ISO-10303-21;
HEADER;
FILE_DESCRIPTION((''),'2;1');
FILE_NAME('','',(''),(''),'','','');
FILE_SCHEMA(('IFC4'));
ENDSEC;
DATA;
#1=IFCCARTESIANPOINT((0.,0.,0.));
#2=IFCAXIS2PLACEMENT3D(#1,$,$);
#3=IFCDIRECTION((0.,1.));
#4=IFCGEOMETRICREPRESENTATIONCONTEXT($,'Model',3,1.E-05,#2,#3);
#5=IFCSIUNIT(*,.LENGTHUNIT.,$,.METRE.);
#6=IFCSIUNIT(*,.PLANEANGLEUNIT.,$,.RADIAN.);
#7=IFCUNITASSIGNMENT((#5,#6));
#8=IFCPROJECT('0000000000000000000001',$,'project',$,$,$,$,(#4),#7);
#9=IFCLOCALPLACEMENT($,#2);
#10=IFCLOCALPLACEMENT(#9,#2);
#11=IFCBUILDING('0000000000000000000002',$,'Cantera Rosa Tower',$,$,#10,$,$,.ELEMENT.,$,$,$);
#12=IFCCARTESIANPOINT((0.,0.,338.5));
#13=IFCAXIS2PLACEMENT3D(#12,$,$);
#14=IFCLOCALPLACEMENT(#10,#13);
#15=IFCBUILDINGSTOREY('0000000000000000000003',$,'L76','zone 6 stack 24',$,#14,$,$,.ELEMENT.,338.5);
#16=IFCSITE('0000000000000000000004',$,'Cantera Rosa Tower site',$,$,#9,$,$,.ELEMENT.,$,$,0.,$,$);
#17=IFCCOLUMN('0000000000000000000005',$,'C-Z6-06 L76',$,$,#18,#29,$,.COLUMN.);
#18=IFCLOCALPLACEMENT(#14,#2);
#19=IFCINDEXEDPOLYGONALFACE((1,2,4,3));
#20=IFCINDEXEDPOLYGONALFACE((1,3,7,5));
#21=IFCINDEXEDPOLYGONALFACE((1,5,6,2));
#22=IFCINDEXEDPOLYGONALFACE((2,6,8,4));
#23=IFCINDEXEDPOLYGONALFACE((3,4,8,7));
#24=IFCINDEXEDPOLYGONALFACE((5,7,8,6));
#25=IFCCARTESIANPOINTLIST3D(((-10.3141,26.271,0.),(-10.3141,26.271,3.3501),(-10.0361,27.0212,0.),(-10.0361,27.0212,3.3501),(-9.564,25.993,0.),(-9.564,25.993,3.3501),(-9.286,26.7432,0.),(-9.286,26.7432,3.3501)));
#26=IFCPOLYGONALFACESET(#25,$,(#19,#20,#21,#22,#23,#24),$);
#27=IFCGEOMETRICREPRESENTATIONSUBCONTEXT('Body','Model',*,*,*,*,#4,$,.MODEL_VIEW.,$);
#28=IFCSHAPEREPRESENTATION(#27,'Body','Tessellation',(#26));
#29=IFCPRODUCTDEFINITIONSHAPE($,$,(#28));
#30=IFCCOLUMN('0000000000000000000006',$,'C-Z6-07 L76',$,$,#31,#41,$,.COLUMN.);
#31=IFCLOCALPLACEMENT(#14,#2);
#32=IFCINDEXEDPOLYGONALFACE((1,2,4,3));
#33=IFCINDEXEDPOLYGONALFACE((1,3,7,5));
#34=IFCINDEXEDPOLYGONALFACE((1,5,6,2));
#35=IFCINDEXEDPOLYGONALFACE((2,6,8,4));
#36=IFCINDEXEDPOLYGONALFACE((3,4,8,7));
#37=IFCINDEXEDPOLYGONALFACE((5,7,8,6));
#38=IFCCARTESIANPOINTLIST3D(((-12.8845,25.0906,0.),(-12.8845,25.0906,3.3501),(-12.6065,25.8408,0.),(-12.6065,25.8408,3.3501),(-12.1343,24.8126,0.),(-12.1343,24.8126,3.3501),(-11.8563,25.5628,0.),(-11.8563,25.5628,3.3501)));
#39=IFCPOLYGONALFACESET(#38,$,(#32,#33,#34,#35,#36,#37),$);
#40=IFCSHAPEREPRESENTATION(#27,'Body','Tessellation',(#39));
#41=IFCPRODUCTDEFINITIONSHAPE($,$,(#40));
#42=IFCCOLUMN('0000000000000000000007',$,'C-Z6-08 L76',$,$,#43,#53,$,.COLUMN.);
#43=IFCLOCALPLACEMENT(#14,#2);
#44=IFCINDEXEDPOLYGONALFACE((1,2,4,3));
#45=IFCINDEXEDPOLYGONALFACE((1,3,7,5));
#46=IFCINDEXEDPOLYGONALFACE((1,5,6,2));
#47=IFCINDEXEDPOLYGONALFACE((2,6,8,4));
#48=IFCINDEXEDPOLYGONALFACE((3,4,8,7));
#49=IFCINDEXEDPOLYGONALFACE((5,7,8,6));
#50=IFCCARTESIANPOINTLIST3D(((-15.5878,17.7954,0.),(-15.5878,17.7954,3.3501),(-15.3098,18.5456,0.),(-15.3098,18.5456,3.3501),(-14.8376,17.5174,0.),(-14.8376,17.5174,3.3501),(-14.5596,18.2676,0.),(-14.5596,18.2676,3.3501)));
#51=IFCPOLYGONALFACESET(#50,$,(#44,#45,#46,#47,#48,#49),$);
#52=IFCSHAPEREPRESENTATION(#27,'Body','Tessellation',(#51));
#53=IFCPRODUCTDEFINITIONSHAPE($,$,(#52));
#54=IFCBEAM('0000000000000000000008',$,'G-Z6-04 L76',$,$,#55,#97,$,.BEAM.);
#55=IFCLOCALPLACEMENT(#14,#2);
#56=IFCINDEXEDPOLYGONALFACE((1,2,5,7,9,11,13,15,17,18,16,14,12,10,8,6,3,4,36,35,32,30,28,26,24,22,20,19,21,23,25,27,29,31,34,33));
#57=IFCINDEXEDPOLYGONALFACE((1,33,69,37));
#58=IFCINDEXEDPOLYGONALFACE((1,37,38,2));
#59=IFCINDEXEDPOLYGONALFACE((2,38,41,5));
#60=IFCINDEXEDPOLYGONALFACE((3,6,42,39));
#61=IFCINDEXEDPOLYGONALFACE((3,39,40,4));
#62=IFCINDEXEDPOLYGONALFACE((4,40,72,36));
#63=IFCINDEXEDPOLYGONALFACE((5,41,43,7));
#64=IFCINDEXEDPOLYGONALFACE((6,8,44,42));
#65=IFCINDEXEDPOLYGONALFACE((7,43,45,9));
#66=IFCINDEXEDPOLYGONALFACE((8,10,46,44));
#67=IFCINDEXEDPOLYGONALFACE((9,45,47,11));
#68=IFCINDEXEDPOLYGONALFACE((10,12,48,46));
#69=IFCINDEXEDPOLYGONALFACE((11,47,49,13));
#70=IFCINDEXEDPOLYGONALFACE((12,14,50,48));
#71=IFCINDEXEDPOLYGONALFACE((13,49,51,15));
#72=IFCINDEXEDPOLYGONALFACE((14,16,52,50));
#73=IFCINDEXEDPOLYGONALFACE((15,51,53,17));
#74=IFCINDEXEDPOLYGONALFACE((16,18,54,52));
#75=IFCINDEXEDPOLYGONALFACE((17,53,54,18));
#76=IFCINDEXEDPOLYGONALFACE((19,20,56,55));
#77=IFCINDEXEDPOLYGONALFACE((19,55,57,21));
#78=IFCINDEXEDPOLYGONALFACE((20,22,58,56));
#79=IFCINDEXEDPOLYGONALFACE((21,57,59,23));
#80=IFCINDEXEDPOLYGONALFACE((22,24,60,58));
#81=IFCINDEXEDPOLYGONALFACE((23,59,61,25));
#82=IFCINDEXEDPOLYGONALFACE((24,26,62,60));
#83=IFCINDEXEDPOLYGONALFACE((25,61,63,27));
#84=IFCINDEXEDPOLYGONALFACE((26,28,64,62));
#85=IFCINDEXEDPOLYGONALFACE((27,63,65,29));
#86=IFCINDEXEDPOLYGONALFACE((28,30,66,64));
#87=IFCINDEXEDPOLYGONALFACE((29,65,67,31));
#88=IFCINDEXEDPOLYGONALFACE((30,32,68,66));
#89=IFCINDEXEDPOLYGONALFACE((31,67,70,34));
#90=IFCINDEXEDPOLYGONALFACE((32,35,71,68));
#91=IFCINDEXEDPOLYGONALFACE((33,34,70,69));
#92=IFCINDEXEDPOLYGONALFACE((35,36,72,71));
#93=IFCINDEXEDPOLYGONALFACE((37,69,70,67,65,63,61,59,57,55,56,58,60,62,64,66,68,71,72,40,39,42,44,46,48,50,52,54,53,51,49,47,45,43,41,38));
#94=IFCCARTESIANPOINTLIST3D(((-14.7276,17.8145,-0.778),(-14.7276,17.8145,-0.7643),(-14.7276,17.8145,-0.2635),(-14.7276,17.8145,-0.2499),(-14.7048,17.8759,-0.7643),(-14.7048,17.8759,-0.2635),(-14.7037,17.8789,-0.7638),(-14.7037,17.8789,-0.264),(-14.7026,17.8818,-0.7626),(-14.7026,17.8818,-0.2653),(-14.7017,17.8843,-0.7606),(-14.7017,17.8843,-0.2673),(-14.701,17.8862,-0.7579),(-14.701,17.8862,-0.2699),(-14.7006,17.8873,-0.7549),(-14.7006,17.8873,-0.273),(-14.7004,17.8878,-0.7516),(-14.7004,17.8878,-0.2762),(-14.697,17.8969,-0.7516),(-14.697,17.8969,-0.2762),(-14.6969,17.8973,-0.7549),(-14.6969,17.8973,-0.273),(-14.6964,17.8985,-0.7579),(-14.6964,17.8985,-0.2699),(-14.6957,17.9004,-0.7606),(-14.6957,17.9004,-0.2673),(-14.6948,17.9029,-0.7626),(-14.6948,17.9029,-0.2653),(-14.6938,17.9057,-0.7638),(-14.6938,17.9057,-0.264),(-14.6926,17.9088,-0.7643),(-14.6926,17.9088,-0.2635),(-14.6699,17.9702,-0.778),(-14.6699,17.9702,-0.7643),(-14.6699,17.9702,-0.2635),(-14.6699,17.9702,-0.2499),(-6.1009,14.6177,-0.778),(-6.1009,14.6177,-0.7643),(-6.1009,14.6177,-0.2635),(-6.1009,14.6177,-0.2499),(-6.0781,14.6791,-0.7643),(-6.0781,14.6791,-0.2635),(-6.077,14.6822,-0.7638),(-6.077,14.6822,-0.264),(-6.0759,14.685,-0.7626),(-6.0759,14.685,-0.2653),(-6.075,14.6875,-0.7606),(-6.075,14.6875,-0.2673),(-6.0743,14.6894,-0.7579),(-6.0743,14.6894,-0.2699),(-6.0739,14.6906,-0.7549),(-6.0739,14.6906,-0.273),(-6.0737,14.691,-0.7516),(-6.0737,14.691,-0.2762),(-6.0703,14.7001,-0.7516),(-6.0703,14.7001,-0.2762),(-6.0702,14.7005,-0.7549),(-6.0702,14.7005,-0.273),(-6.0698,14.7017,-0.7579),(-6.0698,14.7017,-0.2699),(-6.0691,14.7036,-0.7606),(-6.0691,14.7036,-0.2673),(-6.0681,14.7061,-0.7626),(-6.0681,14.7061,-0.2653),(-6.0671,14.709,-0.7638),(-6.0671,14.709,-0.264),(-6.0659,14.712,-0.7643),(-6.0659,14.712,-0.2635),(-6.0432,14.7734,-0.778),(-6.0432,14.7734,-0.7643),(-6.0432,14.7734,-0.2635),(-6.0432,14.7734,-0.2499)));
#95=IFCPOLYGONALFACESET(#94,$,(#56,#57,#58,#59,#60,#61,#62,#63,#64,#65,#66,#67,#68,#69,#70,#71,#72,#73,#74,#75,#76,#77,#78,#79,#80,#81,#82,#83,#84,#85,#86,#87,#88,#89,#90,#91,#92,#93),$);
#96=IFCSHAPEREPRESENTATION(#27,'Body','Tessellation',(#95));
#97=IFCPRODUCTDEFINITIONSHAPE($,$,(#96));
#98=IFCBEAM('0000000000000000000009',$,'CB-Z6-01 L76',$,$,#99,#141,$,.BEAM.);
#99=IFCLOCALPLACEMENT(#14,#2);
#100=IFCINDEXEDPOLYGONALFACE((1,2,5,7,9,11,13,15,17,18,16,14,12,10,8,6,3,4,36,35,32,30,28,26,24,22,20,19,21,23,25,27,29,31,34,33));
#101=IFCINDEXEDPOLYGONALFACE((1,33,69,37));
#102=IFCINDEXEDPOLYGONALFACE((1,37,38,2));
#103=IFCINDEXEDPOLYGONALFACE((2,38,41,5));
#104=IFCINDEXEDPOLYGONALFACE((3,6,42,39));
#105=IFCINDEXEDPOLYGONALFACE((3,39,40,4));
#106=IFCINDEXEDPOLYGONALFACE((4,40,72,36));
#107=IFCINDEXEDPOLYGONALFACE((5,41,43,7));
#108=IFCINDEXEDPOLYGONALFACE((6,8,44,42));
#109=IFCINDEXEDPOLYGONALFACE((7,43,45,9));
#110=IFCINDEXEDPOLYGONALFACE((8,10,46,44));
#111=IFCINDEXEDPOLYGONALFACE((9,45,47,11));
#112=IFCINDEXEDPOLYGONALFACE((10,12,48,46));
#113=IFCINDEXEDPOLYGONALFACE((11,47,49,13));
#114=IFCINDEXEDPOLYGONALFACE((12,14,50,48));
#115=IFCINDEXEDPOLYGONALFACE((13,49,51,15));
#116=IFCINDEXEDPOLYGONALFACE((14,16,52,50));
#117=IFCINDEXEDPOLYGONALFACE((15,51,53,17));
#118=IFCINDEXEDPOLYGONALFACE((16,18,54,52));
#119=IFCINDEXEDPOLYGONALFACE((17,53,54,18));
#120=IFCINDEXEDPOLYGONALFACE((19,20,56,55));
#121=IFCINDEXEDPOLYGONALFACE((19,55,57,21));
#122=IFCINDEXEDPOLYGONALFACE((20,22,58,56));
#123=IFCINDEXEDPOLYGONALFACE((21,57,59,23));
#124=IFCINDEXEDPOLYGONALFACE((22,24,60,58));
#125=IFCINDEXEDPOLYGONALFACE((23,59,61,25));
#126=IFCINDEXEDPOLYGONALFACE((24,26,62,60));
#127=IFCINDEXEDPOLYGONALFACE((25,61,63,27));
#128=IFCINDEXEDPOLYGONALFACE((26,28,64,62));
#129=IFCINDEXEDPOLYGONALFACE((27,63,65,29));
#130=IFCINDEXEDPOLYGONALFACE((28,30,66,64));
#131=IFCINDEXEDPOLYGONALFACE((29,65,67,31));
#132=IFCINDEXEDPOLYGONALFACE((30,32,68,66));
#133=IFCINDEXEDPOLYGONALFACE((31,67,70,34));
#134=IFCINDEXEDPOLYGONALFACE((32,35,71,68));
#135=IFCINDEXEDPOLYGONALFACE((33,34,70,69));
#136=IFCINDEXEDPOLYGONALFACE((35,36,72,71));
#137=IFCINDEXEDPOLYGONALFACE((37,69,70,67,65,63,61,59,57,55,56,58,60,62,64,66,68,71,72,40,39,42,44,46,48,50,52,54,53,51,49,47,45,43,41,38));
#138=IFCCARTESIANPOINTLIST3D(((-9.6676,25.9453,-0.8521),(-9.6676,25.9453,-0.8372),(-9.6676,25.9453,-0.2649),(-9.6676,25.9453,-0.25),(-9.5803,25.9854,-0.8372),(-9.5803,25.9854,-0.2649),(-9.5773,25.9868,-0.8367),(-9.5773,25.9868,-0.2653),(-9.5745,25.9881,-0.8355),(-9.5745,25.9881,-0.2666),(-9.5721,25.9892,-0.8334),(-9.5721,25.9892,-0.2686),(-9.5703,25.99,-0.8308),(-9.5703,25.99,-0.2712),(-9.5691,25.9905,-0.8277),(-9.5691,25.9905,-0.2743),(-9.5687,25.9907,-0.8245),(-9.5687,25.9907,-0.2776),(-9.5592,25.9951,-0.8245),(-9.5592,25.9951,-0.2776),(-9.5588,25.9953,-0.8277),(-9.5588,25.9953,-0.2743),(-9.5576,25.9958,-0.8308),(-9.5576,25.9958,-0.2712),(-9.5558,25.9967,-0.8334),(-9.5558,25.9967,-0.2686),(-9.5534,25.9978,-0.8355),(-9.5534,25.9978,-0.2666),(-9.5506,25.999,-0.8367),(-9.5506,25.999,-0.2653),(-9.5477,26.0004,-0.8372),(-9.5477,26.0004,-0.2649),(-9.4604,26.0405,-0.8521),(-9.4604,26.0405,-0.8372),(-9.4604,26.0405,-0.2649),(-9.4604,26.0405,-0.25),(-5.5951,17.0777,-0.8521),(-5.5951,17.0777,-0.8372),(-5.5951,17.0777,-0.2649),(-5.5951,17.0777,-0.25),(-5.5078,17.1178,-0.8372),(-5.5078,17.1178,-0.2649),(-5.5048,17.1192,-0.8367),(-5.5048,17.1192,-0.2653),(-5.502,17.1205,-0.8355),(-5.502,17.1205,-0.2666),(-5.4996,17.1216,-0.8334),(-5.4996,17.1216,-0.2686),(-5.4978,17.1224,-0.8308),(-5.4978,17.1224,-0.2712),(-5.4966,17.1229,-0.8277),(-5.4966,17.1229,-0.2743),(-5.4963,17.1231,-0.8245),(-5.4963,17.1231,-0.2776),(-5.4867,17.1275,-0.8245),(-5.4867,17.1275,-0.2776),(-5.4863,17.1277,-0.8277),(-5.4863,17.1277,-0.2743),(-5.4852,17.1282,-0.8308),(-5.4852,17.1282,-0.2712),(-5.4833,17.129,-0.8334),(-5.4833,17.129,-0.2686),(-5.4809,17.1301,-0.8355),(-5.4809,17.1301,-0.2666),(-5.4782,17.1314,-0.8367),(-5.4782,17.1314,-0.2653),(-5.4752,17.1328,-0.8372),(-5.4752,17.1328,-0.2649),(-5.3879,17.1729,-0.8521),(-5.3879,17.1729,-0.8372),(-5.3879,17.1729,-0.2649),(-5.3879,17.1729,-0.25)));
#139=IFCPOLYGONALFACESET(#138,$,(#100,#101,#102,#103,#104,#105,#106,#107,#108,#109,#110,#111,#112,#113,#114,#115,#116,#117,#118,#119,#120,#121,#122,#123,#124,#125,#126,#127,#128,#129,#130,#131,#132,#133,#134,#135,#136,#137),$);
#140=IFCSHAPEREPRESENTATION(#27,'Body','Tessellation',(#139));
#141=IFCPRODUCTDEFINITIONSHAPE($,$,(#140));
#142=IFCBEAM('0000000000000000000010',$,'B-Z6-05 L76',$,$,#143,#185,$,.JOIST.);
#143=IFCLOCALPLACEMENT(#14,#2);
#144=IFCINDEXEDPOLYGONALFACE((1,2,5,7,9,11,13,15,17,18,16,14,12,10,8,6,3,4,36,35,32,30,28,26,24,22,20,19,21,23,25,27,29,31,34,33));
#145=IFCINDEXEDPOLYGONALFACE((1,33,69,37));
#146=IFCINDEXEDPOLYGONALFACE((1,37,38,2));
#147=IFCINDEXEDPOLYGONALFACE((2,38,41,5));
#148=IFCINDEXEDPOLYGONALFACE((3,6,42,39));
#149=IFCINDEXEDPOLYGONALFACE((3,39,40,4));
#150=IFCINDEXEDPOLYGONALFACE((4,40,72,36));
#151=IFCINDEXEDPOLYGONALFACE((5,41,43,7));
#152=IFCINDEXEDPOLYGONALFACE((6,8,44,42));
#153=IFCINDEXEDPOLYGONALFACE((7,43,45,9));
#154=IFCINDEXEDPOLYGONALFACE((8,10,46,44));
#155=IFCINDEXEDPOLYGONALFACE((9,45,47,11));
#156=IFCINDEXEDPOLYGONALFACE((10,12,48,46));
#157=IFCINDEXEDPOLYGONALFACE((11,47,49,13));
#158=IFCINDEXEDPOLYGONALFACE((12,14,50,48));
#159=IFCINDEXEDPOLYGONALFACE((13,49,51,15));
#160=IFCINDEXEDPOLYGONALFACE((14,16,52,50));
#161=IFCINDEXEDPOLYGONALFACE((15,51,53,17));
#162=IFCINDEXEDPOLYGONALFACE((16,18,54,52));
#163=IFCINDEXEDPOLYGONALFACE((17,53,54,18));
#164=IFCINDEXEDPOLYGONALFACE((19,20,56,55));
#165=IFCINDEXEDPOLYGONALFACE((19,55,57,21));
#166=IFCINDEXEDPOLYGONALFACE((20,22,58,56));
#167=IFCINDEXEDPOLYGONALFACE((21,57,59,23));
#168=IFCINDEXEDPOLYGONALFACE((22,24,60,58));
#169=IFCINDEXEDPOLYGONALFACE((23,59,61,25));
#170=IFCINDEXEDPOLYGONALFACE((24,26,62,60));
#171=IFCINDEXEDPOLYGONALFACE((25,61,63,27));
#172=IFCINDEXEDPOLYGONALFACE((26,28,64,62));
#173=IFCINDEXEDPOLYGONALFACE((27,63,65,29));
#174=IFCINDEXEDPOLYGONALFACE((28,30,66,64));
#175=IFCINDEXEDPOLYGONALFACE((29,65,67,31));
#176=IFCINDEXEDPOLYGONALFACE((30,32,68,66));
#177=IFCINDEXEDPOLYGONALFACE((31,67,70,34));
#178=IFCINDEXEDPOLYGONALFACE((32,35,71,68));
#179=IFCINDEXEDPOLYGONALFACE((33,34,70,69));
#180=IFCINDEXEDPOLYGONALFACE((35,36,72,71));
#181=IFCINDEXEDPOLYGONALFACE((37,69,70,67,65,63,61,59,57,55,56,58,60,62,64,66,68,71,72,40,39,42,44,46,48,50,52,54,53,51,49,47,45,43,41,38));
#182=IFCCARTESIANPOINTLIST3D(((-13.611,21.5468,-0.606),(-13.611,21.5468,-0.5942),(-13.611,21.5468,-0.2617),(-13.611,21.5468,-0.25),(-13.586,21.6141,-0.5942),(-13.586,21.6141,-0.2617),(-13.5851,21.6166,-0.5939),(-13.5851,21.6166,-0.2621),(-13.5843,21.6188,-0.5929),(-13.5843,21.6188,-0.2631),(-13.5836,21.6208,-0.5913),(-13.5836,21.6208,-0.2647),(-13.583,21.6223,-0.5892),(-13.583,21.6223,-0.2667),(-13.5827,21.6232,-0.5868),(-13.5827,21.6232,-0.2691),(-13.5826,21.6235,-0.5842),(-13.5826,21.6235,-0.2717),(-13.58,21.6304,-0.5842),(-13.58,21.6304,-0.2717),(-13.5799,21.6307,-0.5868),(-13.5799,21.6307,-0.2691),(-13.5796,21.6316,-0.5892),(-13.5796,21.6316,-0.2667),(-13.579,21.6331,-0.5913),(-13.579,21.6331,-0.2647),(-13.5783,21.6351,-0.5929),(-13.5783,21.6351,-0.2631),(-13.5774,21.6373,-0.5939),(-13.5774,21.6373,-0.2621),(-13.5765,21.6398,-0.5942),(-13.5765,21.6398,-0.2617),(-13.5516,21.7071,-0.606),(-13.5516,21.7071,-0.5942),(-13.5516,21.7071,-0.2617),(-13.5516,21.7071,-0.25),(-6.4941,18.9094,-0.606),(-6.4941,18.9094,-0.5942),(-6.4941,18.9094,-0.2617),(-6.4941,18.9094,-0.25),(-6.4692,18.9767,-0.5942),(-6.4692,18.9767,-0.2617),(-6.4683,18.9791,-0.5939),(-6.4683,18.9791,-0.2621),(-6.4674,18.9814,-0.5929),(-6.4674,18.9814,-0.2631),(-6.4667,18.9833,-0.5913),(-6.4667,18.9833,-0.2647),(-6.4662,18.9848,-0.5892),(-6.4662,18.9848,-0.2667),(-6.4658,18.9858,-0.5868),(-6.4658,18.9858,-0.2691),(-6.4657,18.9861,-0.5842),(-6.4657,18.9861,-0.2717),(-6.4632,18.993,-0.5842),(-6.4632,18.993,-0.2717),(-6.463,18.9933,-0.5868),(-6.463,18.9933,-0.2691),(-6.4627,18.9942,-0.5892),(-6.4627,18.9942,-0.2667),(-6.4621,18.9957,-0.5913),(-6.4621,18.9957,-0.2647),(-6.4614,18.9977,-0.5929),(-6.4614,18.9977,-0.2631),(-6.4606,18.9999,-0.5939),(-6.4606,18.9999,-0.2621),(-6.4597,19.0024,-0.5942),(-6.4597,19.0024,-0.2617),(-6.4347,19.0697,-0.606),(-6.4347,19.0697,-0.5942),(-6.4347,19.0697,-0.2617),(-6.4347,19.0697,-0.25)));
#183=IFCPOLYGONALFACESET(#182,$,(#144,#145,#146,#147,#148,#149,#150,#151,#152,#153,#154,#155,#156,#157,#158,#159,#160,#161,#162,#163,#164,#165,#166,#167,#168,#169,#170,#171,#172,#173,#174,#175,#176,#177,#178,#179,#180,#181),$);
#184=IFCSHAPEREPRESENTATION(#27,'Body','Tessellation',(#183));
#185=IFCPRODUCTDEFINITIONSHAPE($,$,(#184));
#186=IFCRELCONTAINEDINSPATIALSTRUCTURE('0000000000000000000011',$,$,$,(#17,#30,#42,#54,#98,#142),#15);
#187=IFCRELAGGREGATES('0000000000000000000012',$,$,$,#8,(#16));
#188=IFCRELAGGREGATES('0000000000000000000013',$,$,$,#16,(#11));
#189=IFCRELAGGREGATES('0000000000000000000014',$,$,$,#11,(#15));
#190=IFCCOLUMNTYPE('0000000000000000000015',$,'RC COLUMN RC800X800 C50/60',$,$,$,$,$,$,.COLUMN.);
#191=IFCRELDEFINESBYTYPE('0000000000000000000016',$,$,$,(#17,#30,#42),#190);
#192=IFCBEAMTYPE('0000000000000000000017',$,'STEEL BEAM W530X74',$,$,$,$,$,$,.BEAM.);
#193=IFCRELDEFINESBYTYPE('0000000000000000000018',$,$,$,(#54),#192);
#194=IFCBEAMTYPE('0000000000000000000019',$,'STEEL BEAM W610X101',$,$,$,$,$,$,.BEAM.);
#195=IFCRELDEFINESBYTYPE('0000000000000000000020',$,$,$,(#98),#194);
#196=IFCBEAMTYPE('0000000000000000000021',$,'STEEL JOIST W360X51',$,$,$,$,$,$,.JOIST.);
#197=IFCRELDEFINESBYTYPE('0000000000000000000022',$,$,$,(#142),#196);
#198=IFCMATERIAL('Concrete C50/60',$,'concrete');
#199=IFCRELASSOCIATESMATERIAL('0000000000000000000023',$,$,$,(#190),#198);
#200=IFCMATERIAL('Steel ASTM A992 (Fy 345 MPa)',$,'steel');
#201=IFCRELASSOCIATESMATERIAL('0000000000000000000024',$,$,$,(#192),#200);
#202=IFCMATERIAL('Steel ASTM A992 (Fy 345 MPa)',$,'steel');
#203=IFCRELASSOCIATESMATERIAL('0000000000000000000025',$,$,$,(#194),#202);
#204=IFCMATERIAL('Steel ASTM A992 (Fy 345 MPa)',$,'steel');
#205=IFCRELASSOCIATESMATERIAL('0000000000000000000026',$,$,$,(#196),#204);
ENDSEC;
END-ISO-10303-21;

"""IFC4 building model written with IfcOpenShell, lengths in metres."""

from ifc_helpers import new_model, si_unit, direction, frame, origin, origin_2d, place, context, subcontext, project, spatial, rectangle, i_section, extrude, material, material_profile, profile_set, type_object, element, save


model = new_model("IFC4")

# Units and contexts
model_context = context("Model", 3, precision=1e-05, world=origin(), true_north=direction((0.0, 1.0)))
body_context = subcontext(model_context, "Body", "Model", "MODEL_VIEW")
ifc_project = project(units=[si_unit("LENGTHUNIT", "METRE"), si_unit("PLANEANGLEUNIT", "RADIAN")], contexts=[model_context])

# Site, building, storey
site_placement = place(None, origin())
site = spatial("IfcSite", under=ifc_project, at=site_placement, Name="Cantera Rosa Tower site", CompositionType="ELEMENT", RefElevation=0.0)
building_placement = place(site_placement, origin())
building = spatial("IfcBuilding", under=site, at=building_placement, Name="Cantera Rosa Tower", CompositionType="ELEMENT")
storey_placement = place(building_placement, frame((0.0, 0.0, 338.5)))
storey = spatial("IfcBuildingStorey", under=building, at=storey_placement, Name="L76", Description="zone 6 stack 24", CompositionType="ELEMENT", Elevation=338.5)

# Columns
ifc_material_1 = material(Name="Concrete C50/60", Category="concrete")
ifc_material_profile_1 = material_profile(ifc_material_1, rectangle(XDim=0.8, YDim=0.8, at=origin_2d()), Name="RC COLUMN RC800X800 C50/60")
ifc_profile_set_1 = profile_set([ifc_material_profile_1], Name="Concrete C50/60")
column_type = type_object("IfcColumnType", Name="RC COLUMN RC800X800 C50/60", PredefinedType="COLUMN", material=ifc_profile_set_1)
for number, where, z_axis, x_axis, name in (
    (1, (-9.8, 26.5071, 0.0), (0.0, 0.0, 1.0), (0.347481, 0.937687, 0.0), "C-Z6-06 L76"),
    (2, (-12.3704, 25.3267, 0.0), (0.0, 0.0, 1.0), (0.347481, 0.937687, 0.0), "C-Z6-07 L76"),
    (3, (-15.0737, 18.0315, 0.0), (0.0, 0.0, 1.0), (0.347481, 0.937687, 0.0), "C-Z6-08 L76"),
):
    element("IfcColumn", number, at=place(storey_placement, frame(where, z_axis=z_axis, x_axis=x_axis)), inside=storey, type_object=column_type, Name=name, PredefinedType="COLUMN", context=body_context, shape_type="SweptSolid", body=[
        extrude(rectangle(XDim=0.8, YDim=0.8, at=origin_2d()), origin(), (0.0, 0.0, 1.0), 3.3501),
    ])

# Beams
ifc_material_2 = material(Name="Steel ASTM A992 (Fy 345 MPa)", Category="steel")
ifc_material_profile_2 = material_profile(ifc_material_2, i_section(OverallWidth=0.166, OverallDepth=0.5281, WebThickness=0.0098, FlangeThickness=0.0137, FilletRadius=0.0127, at=origin_2d()), Name="W530X74")
ifc_profile_set_2 = profile_set([ifc_material_profile_2], Name="Steel ASTM A992 (Fy 345 MPa)")
beam_type_1 = type_object("IfcBeamType", Name="STEEL BEAM W530X74", PredefinedType="BEAM", material=ifc_profile_set_2)
beam_1_placement = place(storey_placement, frame((-14.6987, 17.8923, -0.5139), z_axis=(0.937689, -0.347477, 0.0), x_axis=(0.347477, 0.937689, 0.0)))
element("IfcBeam", 4, at=beam_1_placement, inside=storey, type_object=beam_type_1, Name="G-Z6-04 L76", PredefinedType="BEAM", context=body_context, shape_type="SweptSolid", body=[
    extrude(i_section(OverallWidth=0.166, OverallDepth=0.5281, WebThickness=0.0098, FlangeThickness=0.0137, FilletRadius=0.0127, at=origin_2d()), origin(), (0.0, 0.0, 1.0), 9.2),
])
ifc_material_3 = material(Name="Steel ASTM A992 (Fy 345 MPa)", Category="steel")
ifc_material_profile_3 = material_profile(ifc_material_3, i_section(OverallWidth=0.228, OverallDepth=0.6021, WebThickness=0.0105, FlangeThickness=0.0149, FilletRadius=0.0127, at=origin_2d()), Name="W610X101")
ifc_profile_set_3 = profile_set([ifc_material_profile_3], Name="Steel ASTM A992 (Fy 345 MPa)")
beam_type_2 = type_object("IfcBeamType", Name="STEEL BEAM W610X101", PredefinedType="BEAM", material=ifc_profile_set_3)
beam_2_placement = place(storey_placement, frame((-9.564, 25.9929, -0.551), z_axis=(0.417346, -0.908748, 0.0), x_axis=(0.908748, 0.417346, 0.0)))
element("IfcBeam", 5, at=beam_2_placement, inside=storey, type_object=beam_type_2, Name="CB-Z6-01 L76", PredefinedType="BEAM", context=body_context, shape_type="SweptSolid", body=[
    extrude(i_section(OverallWidth=0.228, OverallDepth=0.6021, WebThickness=0.0105, FlangeThickness=0.0149, FilletRadius=0.0127, at=origin_2d()), origin(), (0.0, 0.0, 1.0), 9.7581),
])
ifc_material_4 = material(Name="Steel ASTM A992 (Fy 345 MPa)", Category="steel")
ifc_material_profile_4 = material_profile(ifc_material_4, i_section(OverallWidth=0.1709, OverallDepth=0.356, WebThickness=0.0073, FlangeThickness=0.0117, FilletRadius=0.01, at=origin_2d()), Name="W360X51")
ifc_profile_set_4 = profile_set([ifc_material_profile_4], Name="Steel ASTM A992 (Fy 345 MPa)")
beam_type_3 = type_object("IfcBeamType", Name="STEEL JOIST W360X51", PredefinedType="JOIST", material=ifc_profile_set_4)
beam_3_placement = place(storey_placement, frame((-13.5813, 21.627, -0.428), z_axis=(0.937682, -0.347493, 0.0), x_axis=(0.347493, 0.937682, 0.0)))
element("IfcBeam", 6, at=beam_3_placement, inside=storey, type_object=beam_type_3, Name="B-Z6-05 L76", PredefinedType="JOIST", context=body_context, shape_type="SweptSolid", body=[
    extrude(i_section(OverallWidth=0.1709, OverallDepth=0.356, WebThickness=0.0073, FlangeThickness=0.0117, FilletRadius=0.01, at=origin_2d()), origin(), (0.0, 0.0, 1.0), 7.5898),
])

save(model, "model.ifc")
